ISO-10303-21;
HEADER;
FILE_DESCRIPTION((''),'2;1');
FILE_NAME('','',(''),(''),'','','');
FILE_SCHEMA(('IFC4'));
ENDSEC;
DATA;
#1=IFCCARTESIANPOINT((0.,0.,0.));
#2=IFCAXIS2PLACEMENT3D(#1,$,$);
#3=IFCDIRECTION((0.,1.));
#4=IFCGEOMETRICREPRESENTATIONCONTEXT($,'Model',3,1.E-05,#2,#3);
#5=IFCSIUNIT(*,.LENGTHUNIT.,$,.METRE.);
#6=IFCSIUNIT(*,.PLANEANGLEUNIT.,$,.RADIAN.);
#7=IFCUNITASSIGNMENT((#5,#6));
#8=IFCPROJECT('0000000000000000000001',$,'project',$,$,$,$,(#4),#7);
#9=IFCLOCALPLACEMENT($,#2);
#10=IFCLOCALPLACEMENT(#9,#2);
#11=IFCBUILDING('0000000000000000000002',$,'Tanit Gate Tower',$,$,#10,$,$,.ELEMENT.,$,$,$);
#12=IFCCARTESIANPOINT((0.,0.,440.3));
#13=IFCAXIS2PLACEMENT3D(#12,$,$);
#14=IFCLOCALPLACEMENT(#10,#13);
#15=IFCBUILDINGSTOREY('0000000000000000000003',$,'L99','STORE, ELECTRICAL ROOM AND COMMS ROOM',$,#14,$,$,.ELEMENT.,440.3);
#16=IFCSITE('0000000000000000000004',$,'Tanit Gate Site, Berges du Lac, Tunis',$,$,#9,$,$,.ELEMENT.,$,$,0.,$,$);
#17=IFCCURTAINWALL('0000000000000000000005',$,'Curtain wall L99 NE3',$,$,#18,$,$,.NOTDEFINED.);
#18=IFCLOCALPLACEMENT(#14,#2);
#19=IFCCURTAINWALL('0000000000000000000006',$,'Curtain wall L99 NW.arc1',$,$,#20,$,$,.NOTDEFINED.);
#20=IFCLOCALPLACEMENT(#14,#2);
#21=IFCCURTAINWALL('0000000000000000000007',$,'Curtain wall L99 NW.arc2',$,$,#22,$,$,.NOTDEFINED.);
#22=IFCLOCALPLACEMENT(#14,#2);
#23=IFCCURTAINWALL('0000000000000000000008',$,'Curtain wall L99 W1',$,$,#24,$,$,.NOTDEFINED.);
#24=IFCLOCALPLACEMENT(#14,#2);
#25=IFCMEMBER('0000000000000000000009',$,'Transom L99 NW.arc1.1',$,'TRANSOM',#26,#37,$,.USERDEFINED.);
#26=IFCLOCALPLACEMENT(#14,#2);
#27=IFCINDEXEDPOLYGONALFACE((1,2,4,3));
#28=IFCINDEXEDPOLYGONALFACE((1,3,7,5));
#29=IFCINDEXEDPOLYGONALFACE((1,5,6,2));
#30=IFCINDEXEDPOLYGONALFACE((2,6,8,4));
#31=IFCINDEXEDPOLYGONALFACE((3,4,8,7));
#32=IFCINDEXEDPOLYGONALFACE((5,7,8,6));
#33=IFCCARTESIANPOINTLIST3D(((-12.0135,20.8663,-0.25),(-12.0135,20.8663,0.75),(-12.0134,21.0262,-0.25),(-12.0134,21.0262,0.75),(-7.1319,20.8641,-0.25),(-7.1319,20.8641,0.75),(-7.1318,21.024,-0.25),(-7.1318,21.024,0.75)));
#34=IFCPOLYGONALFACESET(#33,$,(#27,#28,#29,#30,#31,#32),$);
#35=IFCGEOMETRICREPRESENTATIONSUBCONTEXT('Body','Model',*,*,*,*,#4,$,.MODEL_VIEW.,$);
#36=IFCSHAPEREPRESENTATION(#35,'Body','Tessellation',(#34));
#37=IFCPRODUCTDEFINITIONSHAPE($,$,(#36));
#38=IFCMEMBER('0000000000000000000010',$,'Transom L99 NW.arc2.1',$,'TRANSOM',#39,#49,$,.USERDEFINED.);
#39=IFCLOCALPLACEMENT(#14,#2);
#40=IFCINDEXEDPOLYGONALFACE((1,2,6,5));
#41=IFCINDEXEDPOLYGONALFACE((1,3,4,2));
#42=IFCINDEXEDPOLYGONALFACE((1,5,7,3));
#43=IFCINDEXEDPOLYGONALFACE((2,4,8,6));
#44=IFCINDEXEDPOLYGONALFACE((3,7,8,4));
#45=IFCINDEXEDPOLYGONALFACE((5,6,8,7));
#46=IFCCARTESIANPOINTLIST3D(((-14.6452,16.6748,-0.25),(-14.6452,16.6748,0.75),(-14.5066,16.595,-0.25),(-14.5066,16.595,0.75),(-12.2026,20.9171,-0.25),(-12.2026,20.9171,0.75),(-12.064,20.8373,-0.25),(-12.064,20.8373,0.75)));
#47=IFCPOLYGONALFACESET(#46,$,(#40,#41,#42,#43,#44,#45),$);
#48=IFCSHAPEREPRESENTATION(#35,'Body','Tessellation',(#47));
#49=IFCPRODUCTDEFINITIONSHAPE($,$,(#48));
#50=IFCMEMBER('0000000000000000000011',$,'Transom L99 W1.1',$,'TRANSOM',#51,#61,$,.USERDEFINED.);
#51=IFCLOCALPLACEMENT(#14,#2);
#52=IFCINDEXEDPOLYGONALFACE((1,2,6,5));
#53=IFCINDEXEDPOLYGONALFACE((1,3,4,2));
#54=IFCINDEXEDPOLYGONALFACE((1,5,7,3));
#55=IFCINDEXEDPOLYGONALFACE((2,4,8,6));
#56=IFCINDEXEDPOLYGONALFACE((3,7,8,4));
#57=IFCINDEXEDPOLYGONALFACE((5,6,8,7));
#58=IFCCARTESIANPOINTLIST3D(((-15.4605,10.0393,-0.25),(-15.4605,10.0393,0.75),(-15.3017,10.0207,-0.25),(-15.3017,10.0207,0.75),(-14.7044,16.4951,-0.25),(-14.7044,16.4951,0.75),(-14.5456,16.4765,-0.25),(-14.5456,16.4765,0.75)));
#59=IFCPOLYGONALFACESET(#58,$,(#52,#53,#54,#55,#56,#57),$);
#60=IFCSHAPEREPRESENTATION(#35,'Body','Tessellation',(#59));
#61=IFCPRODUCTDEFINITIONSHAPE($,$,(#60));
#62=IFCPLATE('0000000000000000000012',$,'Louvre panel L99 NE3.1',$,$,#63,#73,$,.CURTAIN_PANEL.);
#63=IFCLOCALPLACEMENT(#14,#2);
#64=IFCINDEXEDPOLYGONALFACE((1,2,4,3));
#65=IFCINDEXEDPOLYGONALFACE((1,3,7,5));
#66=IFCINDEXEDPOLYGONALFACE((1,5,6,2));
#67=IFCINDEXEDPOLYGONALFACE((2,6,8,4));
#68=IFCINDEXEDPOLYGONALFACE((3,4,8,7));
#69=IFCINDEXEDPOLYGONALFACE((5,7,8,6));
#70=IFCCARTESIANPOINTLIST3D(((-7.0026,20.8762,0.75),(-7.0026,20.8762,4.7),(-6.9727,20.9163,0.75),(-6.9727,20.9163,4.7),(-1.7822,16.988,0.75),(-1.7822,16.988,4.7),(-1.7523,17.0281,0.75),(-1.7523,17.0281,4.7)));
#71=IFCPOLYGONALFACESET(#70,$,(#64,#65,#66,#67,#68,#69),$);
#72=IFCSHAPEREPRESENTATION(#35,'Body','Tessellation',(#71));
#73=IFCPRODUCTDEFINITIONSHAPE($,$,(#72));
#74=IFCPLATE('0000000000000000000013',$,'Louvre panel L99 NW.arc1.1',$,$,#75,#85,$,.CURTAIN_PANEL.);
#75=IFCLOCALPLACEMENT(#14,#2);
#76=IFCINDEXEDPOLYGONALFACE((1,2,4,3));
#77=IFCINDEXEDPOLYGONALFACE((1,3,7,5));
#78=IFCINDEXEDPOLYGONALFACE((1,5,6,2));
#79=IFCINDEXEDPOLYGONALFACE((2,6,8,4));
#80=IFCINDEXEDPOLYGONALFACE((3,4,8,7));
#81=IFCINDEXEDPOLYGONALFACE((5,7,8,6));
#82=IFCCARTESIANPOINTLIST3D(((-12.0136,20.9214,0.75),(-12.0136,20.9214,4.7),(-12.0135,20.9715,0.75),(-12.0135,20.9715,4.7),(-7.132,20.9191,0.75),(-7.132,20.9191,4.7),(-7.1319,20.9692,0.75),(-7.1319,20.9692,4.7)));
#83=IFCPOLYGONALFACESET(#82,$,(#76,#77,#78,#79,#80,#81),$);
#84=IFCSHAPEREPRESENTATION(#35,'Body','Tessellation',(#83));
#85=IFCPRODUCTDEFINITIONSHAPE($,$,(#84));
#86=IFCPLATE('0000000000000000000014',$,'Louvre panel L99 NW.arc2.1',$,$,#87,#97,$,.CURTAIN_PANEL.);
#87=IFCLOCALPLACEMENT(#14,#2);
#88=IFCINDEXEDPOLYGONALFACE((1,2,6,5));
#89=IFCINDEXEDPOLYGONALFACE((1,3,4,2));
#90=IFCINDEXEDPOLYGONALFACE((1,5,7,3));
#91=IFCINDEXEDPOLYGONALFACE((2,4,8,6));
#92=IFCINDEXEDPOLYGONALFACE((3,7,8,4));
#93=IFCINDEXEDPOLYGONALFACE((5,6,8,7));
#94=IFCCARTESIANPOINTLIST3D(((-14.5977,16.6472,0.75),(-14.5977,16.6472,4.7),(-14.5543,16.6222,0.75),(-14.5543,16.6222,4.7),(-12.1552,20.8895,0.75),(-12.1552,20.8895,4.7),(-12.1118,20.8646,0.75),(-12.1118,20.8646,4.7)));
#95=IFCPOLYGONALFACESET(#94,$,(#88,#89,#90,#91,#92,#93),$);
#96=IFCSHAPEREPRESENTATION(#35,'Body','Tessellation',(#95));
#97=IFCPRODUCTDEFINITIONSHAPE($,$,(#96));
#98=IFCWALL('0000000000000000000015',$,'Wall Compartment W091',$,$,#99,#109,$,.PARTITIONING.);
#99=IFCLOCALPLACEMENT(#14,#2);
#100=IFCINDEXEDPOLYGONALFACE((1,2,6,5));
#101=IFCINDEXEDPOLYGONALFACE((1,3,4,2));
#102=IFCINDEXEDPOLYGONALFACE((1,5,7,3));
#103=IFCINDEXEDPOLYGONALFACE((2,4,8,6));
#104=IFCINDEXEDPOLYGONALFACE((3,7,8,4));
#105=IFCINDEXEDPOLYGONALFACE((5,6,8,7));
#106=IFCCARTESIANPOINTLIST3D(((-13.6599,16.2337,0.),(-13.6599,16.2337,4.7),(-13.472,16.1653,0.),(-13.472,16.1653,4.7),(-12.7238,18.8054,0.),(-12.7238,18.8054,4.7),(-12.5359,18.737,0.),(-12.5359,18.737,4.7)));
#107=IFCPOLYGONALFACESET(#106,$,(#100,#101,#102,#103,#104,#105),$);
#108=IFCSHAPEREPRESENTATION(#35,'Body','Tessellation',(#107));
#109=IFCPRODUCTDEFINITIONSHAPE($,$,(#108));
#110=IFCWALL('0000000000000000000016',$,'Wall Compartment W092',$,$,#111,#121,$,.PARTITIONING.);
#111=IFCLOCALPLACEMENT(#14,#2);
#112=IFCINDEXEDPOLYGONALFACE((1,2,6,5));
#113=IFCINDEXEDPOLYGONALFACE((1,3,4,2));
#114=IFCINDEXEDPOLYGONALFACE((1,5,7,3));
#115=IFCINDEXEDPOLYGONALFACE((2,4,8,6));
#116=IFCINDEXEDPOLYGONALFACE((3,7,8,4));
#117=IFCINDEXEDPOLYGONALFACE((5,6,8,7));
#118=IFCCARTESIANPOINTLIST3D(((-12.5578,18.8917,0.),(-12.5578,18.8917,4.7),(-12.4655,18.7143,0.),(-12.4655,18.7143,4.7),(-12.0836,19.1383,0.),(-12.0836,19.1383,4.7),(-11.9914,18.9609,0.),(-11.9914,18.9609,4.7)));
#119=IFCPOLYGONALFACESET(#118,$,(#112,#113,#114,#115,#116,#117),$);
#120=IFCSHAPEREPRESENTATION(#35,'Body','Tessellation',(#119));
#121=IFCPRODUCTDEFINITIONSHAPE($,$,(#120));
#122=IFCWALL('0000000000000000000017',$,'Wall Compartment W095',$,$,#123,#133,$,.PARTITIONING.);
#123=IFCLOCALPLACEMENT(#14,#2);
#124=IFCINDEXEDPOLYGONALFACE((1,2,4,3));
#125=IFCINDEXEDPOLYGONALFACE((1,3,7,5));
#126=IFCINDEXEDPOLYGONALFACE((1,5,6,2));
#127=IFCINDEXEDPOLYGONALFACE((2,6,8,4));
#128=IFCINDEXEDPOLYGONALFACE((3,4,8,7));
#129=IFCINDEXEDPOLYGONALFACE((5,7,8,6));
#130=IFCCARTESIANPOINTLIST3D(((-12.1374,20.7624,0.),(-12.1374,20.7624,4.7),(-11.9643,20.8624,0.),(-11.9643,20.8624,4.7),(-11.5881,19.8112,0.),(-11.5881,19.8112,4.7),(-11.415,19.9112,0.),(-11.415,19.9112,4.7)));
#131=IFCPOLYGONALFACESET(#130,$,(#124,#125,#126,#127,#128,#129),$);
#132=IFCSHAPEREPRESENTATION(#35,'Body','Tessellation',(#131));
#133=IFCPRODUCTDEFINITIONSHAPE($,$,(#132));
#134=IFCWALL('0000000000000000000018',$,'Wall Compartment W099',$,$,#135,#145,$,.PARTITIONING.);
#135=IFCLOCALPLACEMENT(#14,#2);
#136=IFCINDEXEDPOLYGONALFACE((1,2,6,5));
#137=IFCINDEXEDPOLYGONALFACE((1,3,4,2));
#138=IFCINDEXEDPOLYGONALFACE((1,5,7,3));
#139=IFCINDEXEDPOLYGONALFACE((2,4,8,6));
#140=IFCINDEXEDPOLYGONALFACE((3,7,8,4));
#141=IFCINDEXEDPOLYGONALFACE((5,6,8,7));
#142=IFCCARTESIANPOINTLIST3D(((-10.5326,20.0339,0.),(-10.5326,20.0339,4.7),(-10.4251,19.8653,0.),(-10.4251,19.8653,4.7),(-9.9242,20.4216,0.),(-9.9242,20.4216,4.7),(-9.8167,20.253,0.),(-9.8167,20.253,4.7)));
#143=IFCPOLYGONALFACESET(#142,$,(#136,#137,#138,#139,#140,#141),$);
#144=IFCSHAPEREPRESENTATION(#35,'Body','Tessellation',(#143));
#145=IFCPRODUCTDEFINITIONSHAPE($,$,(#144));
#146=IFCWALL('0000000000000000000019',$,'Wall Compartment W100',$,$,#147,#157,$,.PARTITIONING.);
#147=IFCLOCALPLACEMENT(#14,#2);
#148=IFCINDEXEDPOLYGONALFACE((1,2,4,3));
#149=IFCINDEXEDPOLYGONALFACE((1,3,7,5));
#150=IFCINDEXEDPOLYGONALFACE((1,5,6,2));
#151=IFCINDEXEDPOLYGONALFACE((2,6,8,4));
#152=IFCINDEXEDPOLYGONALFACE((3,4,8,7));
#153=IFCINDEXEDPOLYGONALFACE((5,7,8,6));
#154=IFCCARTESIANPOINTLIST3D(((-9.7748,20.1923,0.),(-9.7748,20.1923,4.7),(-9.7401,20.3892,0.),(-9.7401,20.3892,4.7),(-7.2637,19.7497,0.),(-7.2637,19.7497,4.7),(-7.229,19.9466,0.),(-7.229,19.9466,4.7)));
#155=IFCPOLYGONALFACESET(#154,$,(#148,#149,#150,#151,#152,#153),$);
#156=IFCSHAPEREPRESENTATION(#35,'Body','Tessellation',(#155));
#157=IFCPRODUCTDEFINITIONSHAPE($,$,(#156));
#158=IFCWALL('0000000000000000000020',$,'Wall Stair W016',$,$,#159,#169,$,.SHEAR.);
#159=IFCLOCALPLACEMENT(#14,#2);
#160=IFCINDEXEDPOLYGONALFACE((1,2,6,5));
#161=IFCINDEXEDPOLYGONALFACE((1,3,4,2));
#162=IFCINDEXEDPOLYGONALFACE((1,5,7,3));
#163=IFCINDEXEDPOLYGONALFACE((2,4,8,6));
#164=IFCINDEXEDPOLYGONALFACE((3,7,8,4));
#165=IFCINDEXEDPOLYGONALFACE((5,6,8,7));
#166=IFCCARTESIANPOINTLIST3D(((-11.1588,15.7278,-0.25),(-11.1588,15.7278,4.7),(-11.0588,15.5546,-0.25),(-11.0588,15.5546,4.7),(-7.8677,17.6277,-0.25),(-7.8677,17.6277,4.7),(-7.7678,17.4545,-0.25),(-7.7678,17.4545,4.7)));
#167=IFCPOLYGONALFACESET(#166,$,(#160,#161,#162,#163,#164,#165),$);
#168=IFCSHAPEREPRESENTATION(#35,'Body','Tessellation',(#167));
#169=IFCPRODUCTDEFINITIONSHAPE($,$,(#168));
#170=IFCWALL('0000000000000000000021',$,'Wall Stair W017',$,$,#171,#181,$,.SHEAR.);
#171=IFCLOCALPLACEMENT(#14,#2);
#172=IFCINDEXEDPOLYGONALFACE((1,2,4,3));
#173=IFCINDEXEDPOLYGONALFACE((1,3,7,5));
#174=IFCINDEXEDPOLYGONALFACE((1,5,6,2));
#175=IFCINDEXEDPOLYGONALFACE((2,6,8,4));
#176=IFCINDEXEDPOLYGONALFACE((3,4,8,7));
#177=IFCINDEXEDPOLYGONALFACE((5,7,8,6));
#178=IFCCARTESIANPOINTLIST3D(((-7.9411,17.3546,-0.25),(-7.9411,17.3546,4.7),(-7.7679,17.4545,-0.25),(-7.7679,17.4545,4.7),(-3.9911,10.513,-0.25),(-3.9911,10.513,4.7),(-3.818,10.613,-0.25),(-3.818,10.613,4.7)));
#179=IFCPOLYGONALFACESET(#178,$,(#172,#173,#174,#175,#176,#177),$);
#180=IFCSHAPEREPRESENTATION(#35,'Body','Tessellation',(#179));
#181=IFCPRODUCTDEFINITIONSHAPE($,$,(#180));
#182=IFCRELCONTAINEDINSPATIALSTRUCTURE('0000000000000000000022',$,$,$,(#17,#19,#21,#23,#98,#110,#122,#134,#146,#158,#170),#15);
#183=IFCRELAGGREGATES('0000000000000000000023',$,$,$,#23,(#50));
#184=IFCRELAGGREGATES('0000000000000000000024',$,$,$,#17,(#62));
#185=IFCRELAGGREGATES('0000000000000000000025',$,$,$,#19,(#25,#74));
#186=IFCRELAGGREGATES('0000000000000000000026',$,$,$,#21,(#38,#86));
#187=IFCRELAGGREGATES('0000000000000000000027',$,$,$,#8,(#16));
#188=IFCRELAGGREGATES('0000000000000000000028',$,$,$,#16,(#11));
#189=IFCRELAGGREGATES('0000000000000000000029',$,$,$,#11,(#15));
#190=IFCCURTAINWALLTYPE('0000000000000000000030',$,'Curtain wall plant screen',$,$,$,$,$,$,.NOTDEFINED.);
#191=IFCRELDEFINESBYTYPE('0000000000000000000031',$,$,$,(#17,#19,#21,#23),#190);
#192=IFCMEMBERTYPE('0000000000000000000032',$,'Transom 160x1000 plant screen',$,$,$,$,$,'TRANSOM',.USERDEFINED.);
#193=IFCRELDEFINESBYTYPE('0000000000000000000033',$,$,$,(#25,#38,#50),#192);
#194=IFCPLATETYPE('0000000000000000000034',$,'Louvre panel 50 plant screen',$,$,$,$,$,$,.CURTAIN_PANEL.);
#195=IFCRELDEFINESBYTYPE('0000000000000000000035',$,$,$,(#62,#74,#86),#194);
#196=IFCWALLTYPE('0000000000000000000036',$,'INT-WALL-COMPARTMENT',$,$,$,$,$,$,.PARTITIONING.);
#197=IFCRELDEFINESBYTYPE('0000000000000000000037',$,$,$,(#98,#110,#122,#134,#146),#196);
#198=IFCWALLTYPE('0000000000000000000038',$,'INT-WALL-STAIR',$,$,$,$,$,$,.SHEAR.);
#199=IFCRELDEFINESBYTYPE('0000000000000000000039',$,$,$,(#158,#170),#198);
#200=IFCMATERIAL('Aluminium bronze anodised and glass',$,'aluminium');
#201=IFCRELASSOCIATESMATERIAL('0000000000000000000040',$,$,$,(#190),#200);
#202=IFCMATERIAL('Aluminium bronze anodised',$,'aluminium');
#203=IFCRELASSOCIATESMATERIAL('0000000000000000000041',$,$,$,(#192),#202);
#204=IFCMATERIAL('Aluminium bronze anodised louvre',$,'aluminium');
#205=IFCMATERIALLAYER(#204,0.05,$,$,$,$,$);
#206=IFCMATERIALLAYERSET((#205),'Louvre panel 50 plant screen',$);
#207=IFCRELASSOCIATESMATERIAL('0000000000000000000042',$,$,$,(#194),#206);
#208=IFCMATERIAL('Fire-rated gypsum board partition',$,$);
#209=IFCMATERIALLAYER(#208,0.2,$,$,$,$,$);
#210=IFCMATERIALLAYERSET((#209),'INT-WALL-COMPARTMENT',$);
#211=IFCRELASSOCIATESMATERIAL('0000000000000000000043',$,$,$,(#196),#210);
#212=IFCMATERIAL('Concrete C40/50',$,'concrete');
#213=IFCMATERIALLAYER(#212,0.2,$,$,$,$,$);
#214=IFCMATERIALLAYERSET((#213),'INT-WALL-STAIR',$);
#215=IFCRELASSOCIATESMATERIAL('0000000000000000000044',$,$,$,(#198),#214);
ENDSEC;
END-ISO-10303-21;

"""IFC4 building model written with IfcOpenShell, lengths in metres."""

from ifc_helpers import new_model, si_unit, direction, frame, frame_2d, origin, origin_2d, place, context, subcontext, project, spatial, rectangle, extrude, material, layer, layer_set, material_profile, profile_set, type_object, element, aggregate, save


model = new_model("IFC4")

# Units and contexts
model_context = context("Model", 3, precision=1e-05, world=origin(), true_north=direction((0.0, 1.0)))
body_context = subcontext(model_context, "Body", "Model", "MODEL_VIEW")
ifc_project = project(units=[si_unit("LENGTHUNIT", "METRE"), si_unit("PLANEANGLEUNIT", "RADIAN")], contexts=[model_context])

# Site, building, storey
site_placement = place(None, origin())
site = spatial("IfcSite", under=ifc_project, at=site_placement, Name="Tanit Gate Site, Berges du Lac, Tunis", CompositionType="ELEMENT", RefElevation=0.0)
building_placement = place(site_placement, origin())
building = spatial("IfcBuilding", under=site, at=building_placement, Name="Tanit Gate Tower", CompositionType="ELEMENT")
storey_placement = place(building_placement, frame((0.0, 0.0, 440.3)))
storey = spatial("IfcBuildingStorey", under=building, at=storey_placement, Name="L99", Description="STORE, ELECTRICAL ROOM AND COMMS ROOM", CompositionType="ELEMENT", Elevation=440.3)

# Shared definitions
ifc_material_1 = material(Name="Aluminium bronze anodised and glass", Category="aluminium")
curtain_wall_type = type_object("IfcCurtainWallType", Name="Curtain wall plant screen", PredefinedType="NOTDEFINED", material=ifc_material_1)

# Curtain walls
curtain_wall_1_placement = place(storey_placement, origin())
curtain_wall_1 = element("IfcCurtainWall", 1, at=curtain_wall_1_placement, inside=storey, type_object=curtain_wall_type, Name="Curtain wall L99 NE3", PredefinedType="NOTDEFINED")
curtain_wall_2_placement = place(storey_placement, origin())
curtain_wall_2 = element("IfcCurtainWall", 2, at=curtain_wall_2_placement, inside=storey, type_object=curtain_wall_type, Name="Curtain wall L99 NW.arc1", PredefinedType="NOTDEFINED")
curtain_wall_3_placement = place(storey_placement, origin())
curtain_wall_3 = element("IfcCurtainWall", 3, at=curtain_wall_3_placement, inside=storey, type_object=curtain_wall_type, Name="Curtain wall L99 NW.arc2", PredefinedType="NOTDEFINED")

# Curtain wall
curtain_wall_4_placement = place(storey_placement, origin())
curtain_wall_4 = element("IfcCurtainWall", 4, at=curtain_wall_4_placement, inside=storey, type_object=curtain_wall_type, Name="Curtain wall L99 W1", PredefinedType="NOTDEFINED")

# Members
ifc_material_2 = material(Name="Aluminium bronze anodised", Category="aluminium")
ifc_material_profile_1 = material_profile(ifc_material_2, rectangle(XDim=0.1599, YDim=1.0, at=origin_2d()), Name="160x1000 bronze transom")
ifc_profile_set_1 = profile_set([ifc_material_profile_1], Name="Aluminium bronze anodised")
member_type_1 = type_object("IfcMemberType", Name="Transom 160x1000 plant screen", ElementType="TRANSOM", PredefinedType="USERDEFINED", material=ifc_profile_set_1)
member_1_placement = place(storey_placement, frame((-7.1318, 20.9441, 0.25), z_axis=(-1.0, 0.00045, 0.0), x_axis=(-0.00045, -1.0, 0.0)))
member_1 = element("IfcMember", 5, at=member_1_placement, type_object=member_type_1, Name="Transom L99 NW.arc1.1", ObjectType="TRANSOM", PredefinedType="USERDEFINED", context=body_context, shape_type="SweptSolid", body=[
    extrude(rectangle(XDim=0.1599, YDim=1.0, at=origin_2d()), origin(), (0.0, 0.0, 1.0), 4.8816),
])
member_2_placement = place(storey_placement, frame((-12.1333, 20.8772, 0.25), z_axis=(-0.498967, -0.866621, 0.0), x_axis=(0.866621, -0.498967, 0.0)))
member_2 = element("IfcMember", 6, at=member_2_placement, type_object=member_type_1, Name="Transom L99 NW.arc2.1", ObjectType="TRANSOM", PredefinedType="USERDEFINED", context=body_context, shape_type="SweptSolid", body=[
    extrude(rectangle(XDim=0.1599, YDim=1.0, at=origin_2d()), origin(), (0.0, 0.0, 1.0), 4.8953),
])
member_3_placement = place(storey_placement, frame((-14.625, 16.4858, 0.25), z_axis=(-0.116325, -0.993211, 0.0), x_axis=(0.993211, -0.116325, 0.0)))
member_3 = element("IfcMember", 7, at=member_3_placement, type_object=member_type_1, Name="Transom L99 W1.1", ObjectType="TRANSOM", PredefinedType="USERDEFINED", context=body_context, shape_type="SweptSolid", body=[
    extrude(rectangle(XDim=0.1599, YDim=1.0, at=origin_2d()), origin(), (0.0, 0.0, 1.0), 6.5),
])
aggregate(curtain_wall_4, [member_3])

# Plates
ifc_material_3 = material(Name="Aluminium bronze anodised louvre", Category="aluminium")
ifc_layer_1 = layer(ifc_material_3, 0.05)
ifc_layer_set_1 = layer_set([ifc_layer_1], Name="Louvre panel 50 plant screen")
plate_type = type_object("IfcPlateType", Name="Louvre panel 50 plant screen", PredefinedType="CURTAIN_PANEL", material=ifc_layer_set_1)
plate_1_placement = place(storey_placement, frame((-4.3774, 18.9521, 0.75), z_axis=(0.0, 0.0, 1.0), x_axis=(-0.801988, 0.597341, 0.0)))
plate_1 = element("IfcPlate", 8, at=plate_1_placement, type_object=plate_type, Name="Louvre panel L99 NE3.1", PredefinedType="CURTAIN_PANEL", context=body_context, shape_type="SweptSolid", body=[
    extrude(rectangle(XDim=6.5093, YDim=0.05, at=origin_2d()), origin(), (0.0, 0.0, 1.0), 3.95),
])
aggregate(curtain_wall_1, [plate_1])
plate_2_placement = place(storey_placement, frame((-9.5728, 20.9453, 0.75), z_axis=(0.0, 0.0, 1.0), x_axis=(-1.0, 0.000471, 0.0)))
plate_2 = element("IfcPlate", 9, at=plate_2_placement, type_object=plate_type, Name="Louvre panel L99 NW.arc1.1", PredefinedType="CURTAIN_PANEL", context=body_context, shape_type="SweptSolid", body=[
    extrude(rectangle(XDim=4.8816, YDim=0.05, at=origin_2d()), origin(), (0.0, 0.0, 1.0), 3.95),
])
aggregate(curtain_wall_2, [member_1, plate_2])
plate_3_placement = place(storey_placement, frame((-13.3547, 18.7559, 0.75), z_axis=(0.0, 0.0, 1.0), x_axis=(-0.498961, -0.866624, 0.0)))
plate_3 = element("IfcPlate", 10, at=plate_3_placement, type_object=plate_type, Name="Louvre panel L99 NW.arc2.1", PredefinedType="CURTAIN_PANEL", context=body_context, shape_type="SweptSolid", body=[
    extrude(rectangle(XDim=4.8953, YDim=0.05, at=origin_2d()), origin(), (0.0, 0.0, 1.0), 3.95),
])
aggregate(curtain_wall_3, [member_2, plate_3])

# Walls
ifc_material_4 = material(Name="Fire-rated gypsum board partition")
ifc_layer_2 = layer(ifc_material_4, 0.2)
ifc_layer_set_2 = layer_set([ifc_layer_2], Name="INT-WALL-COMPARTMENT")
wall_type_1 = type_object("IfcWallType", Name="INT-WALL-COMPARTMENT", PredefinedType="PARTITIONING", material=ifc_layer_set_2)
wall_1_placement = place(storey_placement, frame((-12.6299, 18.7712, 0.0), z_axis=(0.0, 0.0, 1.0), x_axis=(-0.342015, -0.939694, 0.0)))
element("IfcWall", 11, at=wall_1_placement, inside=storey, type_object=wall_type_1, Name="Wall Compartment W091", PredefinedType="PARTITIONING", context=body_context, shape_type="SweptSolid", body=[
    extrude(rectangle(XDim=2.7368, YDim=0.2, at=frame_2d((1.3684, 0.0))), origin(), (0.0, 0.0, 1.0), 4.7),
])
wall_2_placement = place(storey_placement, frame((-12.0376, 19.0496, 0.0), z_axis=(0.0, 0.0, 1.0), x_axis=(-0.887187, -0.46141, 0.0)))
element("IfcWall", 12, at=wall_2_placement, inside=storey, type_object=wall_type_1, Name="Wall Compartment W092", PredefinedType="PARTITIONING", context=body_context, shape_type="SweptSolid", body=[
    extrude(rectangle(XDim=0.5344, YDim=0.2, at=frame_2d((0.2671, 0.0))), origin(), (0.0, 0.0, 1.0), 4.7),
])
wall_3_placement = place(storey_placement, frame((-11.5015, 19.8611, 0.0), z_axis=(0.0, 0.0, 1.0), x_axis=(-0.500107, 0.865963, 0.0)))
element("IfcWall", 13, at=wall_3_placement, inside=storey, type_object=wall_type_1, Name="Wall Compartment W095", PredefinedType="PARTITIONING", context=body_context, shape_type="SweptSolid", body=[
    extrude(rectangle(XDim=1.0984, YDim=0.2, at=frame_2d((0.5493, 0.0))), origin(), (0.0, 0.0, 1.0), 4.7),
])
wall_4_placement = place(storey_placement, frame((-9.8704, 20.3374, 0.0), z_axis=(0.0, 0.0, 1.0), x_axis=(-0.843327, -0.537401, 0.0)))
element("IfcWall", 14, at=wall_4_placement, inside=storey, type_object=wall_type_1, Name="Wall Compartment W099", PredefinedType="PARTITIONING", context=body_context, shape_type="SweptSolid", body=[
    extrude(rectangle(XDim=0.7214, YDim=0.2, at=frame_2d((0.3608, 0.0))), origin(), (0.0, 0.0, 1.0), 4.7),
])
wall_5_placement = place(storey_placement, frame((-7.2463, 19.8481, 0.0), z_axis=(0.0, 0.0, 1.0), x_axis=(-0.984816, 0.1736, 0.0)))
element("IfcWall", 15, at=wall_5_placement, inside=storey, type_object=wall_type_1, Name="Wall Compartment W100", PredefinedType="PARTITIONING", context=body_context, shape_type="SweptSolid", body=[
    extrude(rectangle(XDim=2.5498, YDim=0.2, at=frame_2d((1.2749, 0.0))), origin(), (0.0, 0.0, 1.0), 4.7),
])
ifc_material_5 = material(Name="Concrete C40/50", Category="concrete")
ifc_layer_3 = layer(ifc_material_5, 0.2)
ifc_layer_set_3 = layer_set([ifc_layer_3], Name="INT-WALL-STAIR")
wall_type_2 = type_object("IfcWallType", Name="INT-WALL-STAIR", PredefinedType="SHEAR", material=ifc_layer_set_3)
wall_6_placement = place(storey_placement, frame((-7.8179, 17.541, -0.25), z_axis=(0.0, 0.0, 1.0), x_axis=(-0.866044, -0.499967, 0.0)))
element("IfcWall", 16, at=wall_6_placement, inside=storey, type_object=wall_type_2, Name="Wall Stair W016", PredefinedType="SHEAR", context=body_context, shape_type="SweptSolid", body=[
    extrude(rectangle(XDim=3.8, YDim=0.2, at=frame_2d((1.8999, 0.0))), origin(), (0.0, 0.0, 1.0), 4.95),
])
wall_7_placement = place(storey_placement, frame((-7.8545, 17.4045, -0.25), z_axis=(0.0, 0.0, 1.0), x_axis=(0.499998, -0.866027, 0.0)))
element("IfcWall", 17, at=wall_7_placement, inside=storey, type_object=wall_type_2, Name="Wall Stair W017", PredefinedType="SHEAR", context=body_context, shape_type="SweptSolid", body=[
    extrude(rectangle(XDim=7.8999, YDim=0.2, at=frame_2d((3.95, 0.0))), origin(), (0.0, 0.0, 1.0), 4.95),
])

save(model, "model.ifc")
